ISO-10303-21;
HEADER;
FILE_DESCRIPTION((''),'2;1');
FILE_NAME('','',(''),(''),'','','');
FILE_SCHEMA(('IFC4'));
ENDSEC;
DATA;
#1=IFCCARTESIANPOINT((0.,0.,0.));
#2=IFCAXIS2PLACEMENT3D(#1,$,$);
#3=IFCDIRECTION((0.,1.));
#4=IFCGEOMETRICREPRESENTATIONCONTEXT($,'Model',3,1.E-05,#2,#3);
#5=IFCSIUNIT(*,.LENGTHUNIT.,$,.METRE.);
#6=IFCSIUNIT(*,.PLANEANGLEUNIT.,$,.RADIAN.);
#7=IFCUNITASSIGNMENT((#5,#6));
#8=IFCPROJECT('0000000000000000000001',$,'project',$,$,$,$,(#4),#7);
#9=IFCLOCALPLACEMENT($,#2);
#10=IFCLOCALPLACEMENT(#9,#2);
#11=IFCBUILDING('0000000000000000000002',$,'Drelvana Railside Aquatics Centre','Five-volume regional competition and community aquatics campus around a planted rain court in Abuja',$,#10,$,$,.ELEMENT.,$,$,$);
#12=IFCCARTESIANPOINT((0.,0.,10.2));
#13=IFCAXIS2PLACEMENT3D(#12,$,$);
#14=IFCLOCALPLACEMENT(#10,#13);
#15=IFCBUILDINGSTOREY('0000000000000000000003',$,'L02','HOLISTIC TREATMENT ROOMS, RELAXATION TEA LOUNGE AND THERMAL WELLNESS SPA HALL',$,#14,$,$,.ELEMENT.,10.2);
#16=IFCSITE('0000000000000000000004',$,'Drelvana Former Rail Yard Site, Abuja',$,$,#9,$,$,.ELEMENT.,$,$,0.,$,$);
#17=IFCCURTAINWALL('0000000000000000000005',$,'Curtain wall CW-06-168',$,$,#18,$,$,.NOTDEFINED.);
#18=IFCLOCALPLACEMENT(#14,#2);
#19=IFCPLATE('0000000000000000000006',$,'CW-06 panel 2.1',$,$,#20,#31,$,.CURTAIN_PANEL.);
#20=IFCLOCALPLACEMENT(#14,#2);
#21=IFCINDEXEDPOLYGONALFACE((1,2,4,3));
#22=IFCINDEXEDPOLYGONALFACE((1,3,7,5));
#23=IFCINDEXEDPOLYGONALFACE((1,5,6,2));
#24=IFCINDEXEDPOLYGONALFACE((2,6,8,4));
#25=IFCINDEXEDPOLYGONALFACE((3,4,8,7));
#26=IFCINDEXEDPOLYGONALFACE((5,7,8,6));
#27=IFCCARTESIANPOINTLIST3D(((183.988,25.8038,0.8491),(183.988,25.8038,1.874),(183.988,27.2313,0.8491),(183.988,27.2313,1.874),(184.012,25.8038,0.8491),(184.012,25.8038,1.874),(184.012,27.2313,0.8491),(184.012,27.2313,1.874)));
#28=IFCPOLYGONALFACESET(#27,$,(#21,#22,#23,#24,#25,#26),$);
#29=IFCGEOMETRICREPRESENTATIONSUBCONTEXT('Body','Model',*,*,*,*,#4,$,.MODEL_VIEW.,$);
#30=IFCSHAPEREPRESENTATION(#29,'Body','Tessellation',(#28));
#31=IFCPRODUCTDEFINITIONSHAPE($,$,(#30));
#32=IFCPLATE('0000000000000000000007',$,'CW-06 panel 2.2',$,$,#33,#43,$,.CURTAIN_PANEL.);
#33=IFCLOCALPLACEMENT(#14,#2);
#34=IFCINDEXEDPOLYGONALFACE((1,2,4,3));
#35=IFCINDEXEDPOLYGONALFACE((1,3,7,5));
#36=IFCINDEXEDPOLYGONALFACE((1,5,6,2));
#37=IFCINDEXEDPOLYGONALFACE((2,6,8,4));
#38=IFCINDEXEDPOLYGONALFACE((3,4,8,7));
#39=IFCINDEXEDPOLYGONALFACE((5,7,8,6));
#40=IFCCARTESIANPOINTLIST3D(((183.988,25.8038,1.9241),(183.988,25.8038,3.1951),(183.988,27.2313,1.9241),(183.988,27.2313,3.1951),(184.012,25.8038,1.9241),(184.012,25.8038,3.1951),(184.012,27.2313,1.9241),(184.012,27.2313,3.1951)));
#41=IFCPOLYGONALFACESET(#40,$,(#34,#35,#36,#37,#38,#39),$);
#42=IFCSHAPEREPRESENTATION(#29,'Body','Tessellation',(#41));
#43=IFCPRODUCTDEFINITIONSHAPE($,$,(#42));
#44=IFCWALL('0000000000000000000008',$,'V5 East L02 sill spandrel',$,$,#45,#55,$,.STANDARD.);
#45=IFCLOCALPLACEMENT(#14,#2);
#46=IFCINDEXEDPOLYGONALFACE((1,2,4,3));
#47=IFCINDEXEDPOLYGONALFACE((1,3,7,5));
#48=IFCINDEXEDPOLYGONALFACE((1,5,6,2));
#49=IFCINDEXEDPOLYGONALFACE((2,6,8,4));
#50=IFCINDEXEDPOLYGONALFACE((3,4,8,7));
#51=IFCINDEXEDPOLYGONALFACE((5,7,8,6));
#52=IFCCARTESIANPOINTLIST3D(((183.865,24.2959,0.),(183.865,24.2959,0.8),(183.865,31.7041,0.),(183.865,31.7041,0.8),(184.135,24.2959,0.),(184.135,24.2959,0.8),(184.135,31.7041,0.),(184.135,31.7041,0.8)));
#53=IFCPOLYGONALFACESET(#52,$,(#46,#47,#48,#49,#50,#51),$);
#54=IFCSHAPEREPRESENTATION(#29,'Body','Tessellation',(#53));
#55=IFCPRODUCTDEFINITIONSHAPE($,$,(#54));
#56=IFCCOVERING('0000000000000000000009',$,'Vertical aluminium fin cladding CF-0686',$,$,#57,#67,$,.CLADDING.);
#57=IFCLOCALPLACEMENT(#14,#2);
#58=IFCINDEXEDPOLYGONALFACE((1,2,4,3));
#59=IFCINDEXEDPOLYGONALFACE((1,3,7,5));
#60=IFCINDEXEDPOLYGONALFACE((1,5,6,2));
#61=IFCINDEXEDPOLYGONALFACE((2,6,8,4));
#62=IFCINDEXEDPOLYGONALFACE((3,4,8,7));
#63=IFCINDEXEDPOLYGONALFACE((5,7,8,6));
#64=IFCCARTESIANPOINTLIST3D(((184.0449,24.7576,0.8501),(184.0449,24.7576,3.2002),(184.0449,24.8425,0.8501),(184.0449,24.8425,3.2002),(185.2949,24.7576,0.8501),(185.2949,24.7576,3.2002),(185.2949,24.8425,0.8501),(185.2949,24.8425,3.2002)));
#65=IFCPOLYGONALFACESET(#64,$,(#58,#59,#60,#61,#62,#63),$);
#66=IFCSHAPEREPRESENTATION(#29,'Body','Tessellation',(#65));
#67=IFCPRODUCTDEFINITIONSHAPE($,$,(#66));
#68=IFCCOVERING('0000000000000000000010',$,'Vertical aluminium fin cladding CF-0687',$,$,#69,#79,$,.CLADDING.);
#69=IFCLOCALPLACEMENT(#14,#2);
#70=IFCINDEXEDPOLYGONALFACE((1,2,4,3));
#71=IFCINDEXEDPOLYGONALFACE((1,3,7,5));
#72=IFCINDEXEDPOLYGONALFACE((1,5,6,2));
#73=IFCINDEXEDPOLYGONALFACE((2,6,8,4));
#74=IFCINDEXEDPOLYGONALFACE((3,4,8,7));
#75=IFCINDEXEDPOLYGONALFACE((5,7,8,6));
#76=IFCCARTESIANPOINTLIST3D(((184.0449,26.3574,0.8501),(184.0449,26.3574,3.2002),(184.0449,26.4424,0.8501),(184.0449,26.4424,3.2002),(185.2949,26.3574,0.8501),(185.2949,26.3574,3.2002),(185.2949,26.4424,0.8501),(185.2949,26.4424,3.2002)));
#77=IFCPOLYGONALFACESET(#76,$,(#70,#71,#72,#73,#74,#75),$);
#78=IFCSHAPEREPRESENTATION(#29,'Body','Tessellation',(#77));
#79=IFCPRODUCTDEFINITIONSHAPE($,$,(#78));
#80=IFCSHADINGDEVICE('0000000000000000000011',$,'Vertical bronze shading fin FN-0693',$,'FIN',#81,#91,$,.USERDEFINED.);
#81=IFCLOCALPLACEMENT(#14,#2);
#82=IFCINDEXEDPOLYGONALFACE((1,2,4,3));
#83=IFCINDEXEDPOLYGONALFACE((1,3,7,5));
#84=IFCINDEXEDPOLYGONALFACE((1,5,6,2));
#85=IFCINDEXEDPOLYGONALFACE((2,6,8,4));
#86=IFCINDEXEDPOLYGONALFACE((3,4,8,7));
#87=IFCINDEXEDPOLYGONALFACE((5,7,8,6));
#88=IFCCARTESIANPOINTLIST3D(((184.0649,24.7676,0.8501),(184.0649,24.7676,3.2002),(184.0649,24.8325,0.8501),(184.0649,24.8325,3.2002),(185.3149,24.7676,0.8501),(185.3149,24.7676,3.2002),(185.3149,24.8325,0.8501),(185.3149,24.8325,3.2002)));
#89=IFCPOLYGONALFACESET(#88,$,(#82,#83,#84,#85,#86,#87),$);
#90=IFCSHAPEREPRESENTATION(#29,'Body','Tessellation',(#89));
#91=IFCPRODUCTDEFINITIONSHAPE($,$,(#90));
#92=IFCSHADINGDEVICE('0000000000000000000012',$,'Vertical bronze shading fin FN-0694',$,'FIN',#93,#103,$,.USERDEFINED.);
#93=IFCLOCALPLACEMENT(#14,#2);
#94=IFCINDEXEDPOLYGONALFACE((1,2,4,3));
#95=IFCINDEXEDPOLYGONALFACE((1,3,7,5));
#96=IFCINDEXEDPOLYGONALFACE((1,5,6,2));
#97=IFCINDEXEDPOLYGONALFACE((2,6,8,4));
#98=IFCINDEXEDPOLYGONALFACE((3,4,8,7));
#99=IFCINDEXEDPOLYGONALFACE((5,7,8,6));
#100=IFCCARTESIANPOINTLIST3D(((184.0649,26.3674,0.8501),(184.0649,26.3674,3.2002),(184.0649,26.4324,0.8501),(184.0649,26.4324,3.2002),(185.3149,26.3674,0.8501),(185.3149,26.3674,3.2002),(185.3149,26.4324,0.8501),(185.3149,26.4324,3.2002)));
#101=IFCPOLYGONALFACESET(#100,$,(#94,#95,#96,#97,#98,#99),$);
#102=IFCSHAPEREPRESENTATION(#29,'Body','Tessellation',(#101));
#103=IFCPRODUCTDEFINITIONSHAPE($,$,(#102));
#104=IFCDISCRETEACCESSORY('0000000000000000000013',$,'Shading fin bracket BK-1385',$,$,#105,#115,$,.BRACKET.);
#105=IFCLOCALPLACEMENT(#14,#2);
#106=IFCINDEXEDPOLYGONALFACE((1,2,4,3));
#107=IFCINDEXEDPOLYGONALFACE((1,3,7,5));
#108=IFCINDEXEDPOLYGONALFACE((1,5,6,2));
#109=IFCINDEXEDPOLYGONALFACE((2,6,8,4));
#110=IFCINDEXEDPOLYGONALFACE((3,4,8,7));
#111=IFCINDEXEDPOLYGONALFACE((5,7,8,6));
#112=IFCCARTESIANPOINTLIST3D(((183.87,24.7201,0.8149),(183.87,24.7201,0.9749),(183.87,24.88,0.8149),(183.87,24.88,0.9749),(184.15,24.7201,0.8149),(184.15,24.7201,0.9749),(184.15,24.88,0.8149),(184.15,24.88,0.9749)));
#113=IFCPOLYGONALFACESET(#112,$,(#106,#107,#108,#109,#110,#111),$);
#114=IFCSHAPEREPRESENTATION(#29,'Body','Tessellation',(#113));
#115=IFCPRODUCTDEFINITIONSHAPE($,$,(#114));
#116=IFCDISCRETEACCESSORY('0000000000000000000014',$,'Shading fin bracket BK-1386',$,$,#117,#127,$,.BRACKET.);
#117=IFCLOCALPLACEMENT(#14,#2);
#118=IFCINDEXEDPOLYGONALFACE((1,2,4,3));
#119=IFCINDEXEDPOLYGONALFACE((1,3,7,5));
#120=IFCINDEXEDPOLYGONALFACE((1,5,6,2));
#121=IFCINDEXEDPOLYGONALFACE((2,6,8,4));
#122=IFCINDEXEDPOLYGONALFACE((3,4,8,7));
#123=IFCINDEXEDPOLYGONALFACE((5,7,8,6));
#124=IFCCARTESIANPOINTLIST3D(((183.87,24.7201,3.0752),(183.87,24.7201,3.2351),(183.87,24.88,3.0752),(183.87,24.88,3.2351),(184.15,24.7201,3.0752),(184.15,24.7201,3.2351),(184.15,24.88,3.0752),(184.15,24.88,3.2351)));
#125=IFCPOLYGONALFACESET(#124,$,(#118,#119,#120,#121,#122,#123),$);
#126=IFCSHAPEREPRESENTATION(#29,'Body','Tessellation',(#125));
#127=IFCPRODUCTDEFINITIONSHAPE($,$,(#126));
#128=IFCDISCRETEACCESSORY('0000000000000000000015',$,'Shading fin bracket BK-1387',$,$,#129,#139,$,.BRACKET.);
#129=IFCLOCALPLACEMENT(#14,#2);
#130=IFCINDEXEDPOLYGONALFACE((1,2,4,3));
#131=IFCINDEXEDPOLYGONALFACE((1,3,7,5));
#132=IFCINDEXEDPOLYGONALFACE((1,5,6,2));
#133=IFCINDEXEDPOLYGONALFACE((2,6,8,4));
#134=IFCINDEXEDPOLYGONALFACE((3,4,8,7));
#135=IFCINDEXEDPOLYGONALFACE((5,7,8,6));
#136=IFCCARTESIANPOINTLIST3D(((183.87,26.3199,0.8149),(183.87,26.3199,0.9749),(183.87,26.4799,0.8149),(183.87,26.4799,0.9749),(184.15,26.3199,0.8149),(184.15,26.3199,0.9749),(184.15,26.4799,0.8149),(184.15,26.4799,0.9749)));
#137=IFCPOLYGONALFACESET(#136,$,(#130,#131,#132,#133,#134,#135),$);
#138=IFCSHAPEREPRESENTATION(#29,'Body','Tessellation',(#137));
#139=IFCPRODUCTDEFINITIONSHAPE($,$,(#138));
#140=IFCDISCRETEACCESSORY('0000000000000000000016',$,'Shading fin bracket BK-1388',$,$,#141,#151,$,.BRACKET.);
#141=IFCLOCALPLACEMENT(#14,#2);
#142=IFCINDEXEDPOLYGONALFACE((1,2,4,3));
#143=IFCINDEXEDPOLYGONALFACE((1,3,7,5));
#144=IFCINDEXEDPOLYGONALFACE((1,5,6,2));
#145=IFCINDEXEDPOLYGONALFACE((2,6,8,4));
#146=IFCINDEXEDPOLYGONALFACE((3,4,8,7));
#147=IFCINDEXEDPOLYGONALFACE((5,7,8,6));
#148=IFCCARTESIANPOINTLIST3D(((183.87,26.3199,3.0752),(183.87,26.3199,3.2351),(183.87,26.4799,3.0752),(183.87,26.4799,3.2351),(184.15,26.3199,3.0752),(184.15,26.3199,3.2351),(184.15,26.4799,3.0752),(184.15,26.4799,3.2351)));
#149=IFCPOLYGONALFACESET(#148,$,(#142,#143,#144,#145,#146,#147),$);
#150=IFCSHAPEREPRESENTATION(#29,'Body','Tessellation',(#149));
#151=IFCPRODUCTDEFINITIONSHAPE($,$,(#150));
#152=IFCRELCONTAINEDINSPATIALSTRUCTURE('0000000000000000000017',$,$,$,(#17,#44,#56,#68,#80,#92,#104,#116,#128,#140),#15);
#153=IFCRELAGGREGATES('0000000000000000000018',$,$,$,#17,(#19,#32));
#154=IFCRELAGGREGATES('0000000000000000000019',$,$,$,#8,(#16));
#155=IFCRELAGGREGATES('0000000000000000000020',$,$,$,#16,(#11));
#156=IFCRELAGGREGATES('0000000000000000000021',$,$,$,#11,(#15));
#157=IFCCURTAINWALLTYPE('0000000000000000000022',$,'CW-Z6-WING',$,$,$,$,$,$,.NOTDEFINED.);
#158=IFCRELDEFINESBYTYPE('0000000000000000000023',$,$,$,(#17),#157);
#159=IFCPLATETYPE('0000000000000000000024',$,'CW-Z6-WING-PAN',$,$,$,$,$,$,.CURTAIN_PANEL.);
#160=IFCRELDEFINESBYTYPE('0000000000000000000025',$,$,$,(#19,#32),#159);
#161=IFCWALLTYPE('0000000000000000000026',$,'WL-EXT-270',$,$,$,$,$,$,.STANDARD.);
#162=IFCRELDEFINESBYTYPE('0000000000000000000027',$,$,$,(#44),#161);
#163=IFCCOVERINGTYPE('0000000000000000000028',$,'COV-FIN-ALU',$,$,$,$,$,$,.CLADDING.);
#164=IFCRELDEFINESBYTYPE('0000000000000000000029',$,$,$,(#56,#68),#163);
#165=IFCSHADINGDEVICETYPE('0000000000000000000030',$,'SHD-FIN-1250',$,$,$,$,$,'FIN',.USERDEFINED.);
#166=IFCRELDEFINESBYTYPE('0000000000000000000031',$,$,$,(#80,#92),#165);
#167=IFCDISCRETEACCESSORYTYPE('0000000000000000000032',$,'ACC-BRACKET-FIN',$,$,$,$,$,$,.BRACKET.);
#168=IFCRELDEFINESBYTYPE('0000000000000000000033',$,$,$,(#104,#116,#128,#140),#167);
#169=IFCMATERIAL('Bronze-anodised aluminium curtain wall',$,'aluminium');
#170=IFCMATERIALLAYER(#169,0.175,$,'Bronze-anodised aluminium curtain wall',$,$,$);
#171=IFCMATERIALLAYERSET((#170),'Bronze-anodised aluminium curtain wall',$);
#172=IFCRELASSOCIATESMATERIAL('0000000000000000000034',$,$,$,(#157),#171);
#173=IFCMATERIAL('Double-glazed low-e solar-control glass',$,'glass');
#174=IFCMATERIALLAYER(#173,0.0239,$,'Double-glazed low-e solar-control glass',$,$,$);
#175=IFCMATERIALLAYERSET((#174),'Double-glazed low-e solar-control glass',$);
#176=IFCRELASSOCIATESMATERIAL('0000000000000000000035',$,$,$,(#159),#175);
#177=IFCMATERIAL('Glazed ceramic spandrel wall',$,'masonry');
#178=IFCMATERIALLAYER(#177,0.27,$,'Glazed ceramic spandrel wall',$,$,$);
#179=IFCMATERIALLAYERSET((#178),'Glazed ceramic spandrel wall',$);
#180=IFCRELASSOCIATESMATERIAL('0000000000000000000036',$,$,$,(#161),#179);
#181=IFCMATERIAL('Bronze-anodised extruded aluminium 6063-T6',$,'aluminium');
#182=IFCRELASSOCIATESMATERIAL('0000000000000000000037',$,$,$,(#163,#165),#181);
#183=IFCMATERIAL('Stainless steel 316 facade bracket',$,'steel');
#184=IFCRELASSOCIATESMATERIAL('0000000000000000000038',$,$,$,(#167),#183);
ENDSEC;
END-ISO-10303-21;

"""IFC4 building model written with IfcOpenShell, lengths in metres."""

from ifc_helpers import new_model, si_unit, direction, frame, frame_2d, origin, origin_2d, place, context, subcontext, project, spatial, rectangle, extrude, material, layer, layer_set, type_object, element, aggregate, save


model = new_model("IFC4")

# Units and contexts
model_context = context("Model", 3, precision=1e-05, world=origin(), true_north=direction((0.0, 1.0)))
body_context = subcontext(model_context, "Body", "Model", "MODEL_VIEW")
ifc_project = project(units=[si_unit("LENGTHUNIT", "METRE"), si_unit("PLANEANGLEUNIT", "RADIAN")], contexts=[model_context])

# Site, building, storey
site_placement = place(None, origin())
site = spatial("IfcSite", under=ifc_project, at=site_placement, Name="Drelvana Former Rail Yard Site, Abuja", CompositionType="ELEMENT", RefElevation=0.0)
building_placement = place(site_placement, origin())
building = spatial("IfcBuilding", under=site, at=building_placement, Name="Drelvana Railside Aquatics Centre", Description="Five-volume regional competition and community aquatics campus around a planted rain court in Abuja", CompositionType="ELEMENT")
storey_placement = place(building_placement, frame((0.0, 0.0, 10.2)))
storey = spatial("IfcBuildingStorey", under=building, at=storey_placement, Name="L02", Description="HOLISTIC TREATMENT ROOMS, RELAXATION TEA LOUNGE AND THERMAL WELLNESS SPA HALL", CompositionType="ELEMENT", Elevation=10.2)

# Curtain wall
ifc_material_1 = material(Name="Bronze-anodised aluminium curtain wall", Category="aluminium")
ifc_layer_1 = layer(ifc_material_1, 0.175, Name="Bronze-anodised aluminium curtain wall")
ifc_layer_set_1 = layer_set([ifc_layer_1], Name="Bronze-anodised aluminium curtain wall")
curtain_wall_type = type_object("IfcCurtainWallType", Name="CW-Z6-WING", PredefinedType="NOTDEFINED", material=ifc_layer_set_1)
curtain_wall_placement = place(storey_placement, origin())
curtain_wall = element("IfcCurtainWall", 1, at=curtain_wall_placement, inside=storey, type_object=curtain_wall_type, Name="Curtain wall CW-06-168", PredefinedType="NOTDEFINED")

# Plates
ifc_material_2 = material(Name="Double-glazed low-e solar-control glass", Category="glass")
ifc_layer_2 = layer(ifc_material_2, 0.0239, Name="Double-glazed low-e solar-control glass")
ifc_layer_set_2 = layer_set([ifc_layer_2], Name="Double-glazed low-e solar-control glass")
plate_type = type_object("IfcPlateType", Name="CW-Z6-WING-PAN", PredefinedType="CURTAIN_PANEL", material=ifc_layer_set_2)
plate_1_placement = place(storey_placement, frame((184.0, 26.5176, 0.8491), z_axis=(0.0, 0.0, 1.0), x_axis=(0.0, 1.0, 0.0)))
plate_1 = element("IfcPlate", 2, at=plate_1_placement, type_object=plate_type, Name="CW-06 panel 2.1", PredefinedType="CURTAIN_PANEL", context=body_context, shape_type="SweptSolid", body=[
    extrude(rectangle(XDim=1.4275, YDim=0.0239, at=origin_2d()), origin(), (0.0, 0.0, 1.0), 1.0249),
])
plate_2_placement = place(storey_placement, frame((184.0, 26.5176, 1.9241), z_axis=(0.0, 0.0, 1.0), x_axis=(0.0, 1.0, 0.0)))
plate_2 = element("IfcPlate", 3, at=plate_2_placement, type_object=plate_type, Name="CW-06 panel 2.2", PredefinedType="CURTAIN_PANEL", context=body_context, shape_type="SweptSolid", body=[
    extrude(rectangle(XDim=1.4275, YDim=0.0239, at=origin_2d()), origin(), (0.0, 0.0, 1.0), 1.271),
])
aggregate(curtain_wall, [plate_1, plate_2])

# Wall
ifc_material_3 = material(Name="Glazed ceramic spandrel wall", Category="masonry")
ifc_layer_3 = layer(ifc_material_3, 0.27, Name="Glazed ceramic spandrel wall")
ifc_layer_set_3 = layer_set([ifc_layer_3], Name="Glazed ceramic spandrel wall")
wall_type = type_object("IfcWallType", Name="WL-EXT-270", PredefinedType="STANDARD", material=ifc_layer_set_3)
wall_placement = place(storey_placement, frame((184.0, 24.2959, 0.0), z_axis=(0.0, 0.0, 1.0), x_axis=(0.0, 1.0, 0.0)))
element("IfcWall", 4, at=wall_placement, inside=storey, type_object=wall_type, Name="V5 East L02 sill spandrel", PredefinedType="STANDARD", context=body_context, shape_type="SweptSolid", body=[
    extrude(rectangle(XDim=7.4082, YDim=0.27, at=frame_2d((3.7041, 0.0))), origin(), (0.0, 0.0, 1.0), 0.8),
])

# Coverings
ifc_material_4 = material(Name="Bronze-anodised extruded aluminium 6063-T6", Category="aluminium")
covering_type = type_object("IfcCoveringType", Name="COV-FIN-ALU", PredefinedType="CLADDING", material=ifc_material_4)
for number, where, z_axis, x_axis, name in (
    (5, (184.6699, 24.8, 0.8501), (0.0, 0.0, 1.0), (0.0, -1.0, 0.0), "Vertical aluminium fin cladding CF-0686"),
    (6, (184.6699, 26.3999, 0.8501), (0.0, 0.0, 1.0), (0.0, -1.0, 0.0), "Vertical aluminium fin cladding CF-0687"),
):
    element("IfcCovering", number, at=place(storey_placement, frame(where, z_axis=z_axis, x_axis=x_axis)), inside=storey, type_object=covering_type, Name=name, PredefinedType="CLADDING", context=body_context, shape_type="SweptSolid", body=[
        extrude(rectangle(XDim=0.085, YDim=1.25, at=origin_2d()), origin(), (0.0, 0.0, 1.0), 2.3501),
    ])

# Shading devices
shading_device_type = type_object("IfcShadingDeviceType", Name="SHD-FIN-1250", ElementType="FIN", PredefinedType="USERDEFINED", material=ifc_material_4)
for number, where, z_axis, x_axis, name in (
    (7, (184.6899, 24.8, 0.8501), (0.0, 0.0, 1.0), (1.0, 0.0, 0.0), "Vertical bronze shading fin FN-0693"),
    (8, (184.6899, 26.3999, 0.8501), (0.0, 0.0, 1.0), (1.0, 0.0, 0.0), "Vertical bronze shading fin FN-0694"),
):
    element("IfcShadingDevice", number, at=place(storey_placement, frame(where, z_axis=z_axis, x_axis=x_axis)), inside=storey, type_object=shading_device_type, Name=name, ObjectType="FIN", PredefinedType="USERDEFINED", context=body_context, shape_type="SweptSolid", body=[
        extrude(rectangle(XDim=1.25, YDim=0.0649, at=origin_2d()), origin(), (0.0, 0.0, 1.0), 2.3501),
    ])

# Discrete accessories
ifc_material_5 = material(Name="Stainless steel 316 facade bracket", Category="steel")
discrete_accessory_type = type_object("IfcDiscreteAccessoryType", Name="ACC-BRACKET-FIN", PredefinedType="BRACKET", material=ifc_material_5)
for number, where, z_axis, x_axis, name in (
    (9, (184.01, 24.8, 0.8149), (0.0, 0.0, 1.0), (1.0, 0.0, 0.0), "Shading fin bracket BK-1385"),
    (10, (184.01, 24.8, 3.0752), (0.0, 0.0, 1.0), (1.0, 0.0, 0.0), "Shading fin bracket BK-1386"),
    (11, (184.01, 26.3999, 0.8149), (0.0, 0.0, 1.0), (1.0, 0.0, 0.0), "Shading fin bracket BK-1387"),
    (12, (184.01, 26.3999, 3.0752), (0.0, 0.0, 1.0), (1.0, 0.0, 0.0), "Shading fin bracket BK-1388"),
):
    element("IfcDiscreteAccessory", number, at=place(storey_placement, frame(where, z_axis=z_axis, x_axis=x_axis)), inside=storey, type_object=discrete_accessory_type, Name=name, PredefinedType="BRACKET", context=body_context, shape_type="SweptSolid", body=[
        extrude(rectangle(XDim=0.28, YDim=0.1599, at=origin_2d()), origin(), (0.0, 0.0, 1.0), 0.1599),
    ])

save(model, "model.ifc")
